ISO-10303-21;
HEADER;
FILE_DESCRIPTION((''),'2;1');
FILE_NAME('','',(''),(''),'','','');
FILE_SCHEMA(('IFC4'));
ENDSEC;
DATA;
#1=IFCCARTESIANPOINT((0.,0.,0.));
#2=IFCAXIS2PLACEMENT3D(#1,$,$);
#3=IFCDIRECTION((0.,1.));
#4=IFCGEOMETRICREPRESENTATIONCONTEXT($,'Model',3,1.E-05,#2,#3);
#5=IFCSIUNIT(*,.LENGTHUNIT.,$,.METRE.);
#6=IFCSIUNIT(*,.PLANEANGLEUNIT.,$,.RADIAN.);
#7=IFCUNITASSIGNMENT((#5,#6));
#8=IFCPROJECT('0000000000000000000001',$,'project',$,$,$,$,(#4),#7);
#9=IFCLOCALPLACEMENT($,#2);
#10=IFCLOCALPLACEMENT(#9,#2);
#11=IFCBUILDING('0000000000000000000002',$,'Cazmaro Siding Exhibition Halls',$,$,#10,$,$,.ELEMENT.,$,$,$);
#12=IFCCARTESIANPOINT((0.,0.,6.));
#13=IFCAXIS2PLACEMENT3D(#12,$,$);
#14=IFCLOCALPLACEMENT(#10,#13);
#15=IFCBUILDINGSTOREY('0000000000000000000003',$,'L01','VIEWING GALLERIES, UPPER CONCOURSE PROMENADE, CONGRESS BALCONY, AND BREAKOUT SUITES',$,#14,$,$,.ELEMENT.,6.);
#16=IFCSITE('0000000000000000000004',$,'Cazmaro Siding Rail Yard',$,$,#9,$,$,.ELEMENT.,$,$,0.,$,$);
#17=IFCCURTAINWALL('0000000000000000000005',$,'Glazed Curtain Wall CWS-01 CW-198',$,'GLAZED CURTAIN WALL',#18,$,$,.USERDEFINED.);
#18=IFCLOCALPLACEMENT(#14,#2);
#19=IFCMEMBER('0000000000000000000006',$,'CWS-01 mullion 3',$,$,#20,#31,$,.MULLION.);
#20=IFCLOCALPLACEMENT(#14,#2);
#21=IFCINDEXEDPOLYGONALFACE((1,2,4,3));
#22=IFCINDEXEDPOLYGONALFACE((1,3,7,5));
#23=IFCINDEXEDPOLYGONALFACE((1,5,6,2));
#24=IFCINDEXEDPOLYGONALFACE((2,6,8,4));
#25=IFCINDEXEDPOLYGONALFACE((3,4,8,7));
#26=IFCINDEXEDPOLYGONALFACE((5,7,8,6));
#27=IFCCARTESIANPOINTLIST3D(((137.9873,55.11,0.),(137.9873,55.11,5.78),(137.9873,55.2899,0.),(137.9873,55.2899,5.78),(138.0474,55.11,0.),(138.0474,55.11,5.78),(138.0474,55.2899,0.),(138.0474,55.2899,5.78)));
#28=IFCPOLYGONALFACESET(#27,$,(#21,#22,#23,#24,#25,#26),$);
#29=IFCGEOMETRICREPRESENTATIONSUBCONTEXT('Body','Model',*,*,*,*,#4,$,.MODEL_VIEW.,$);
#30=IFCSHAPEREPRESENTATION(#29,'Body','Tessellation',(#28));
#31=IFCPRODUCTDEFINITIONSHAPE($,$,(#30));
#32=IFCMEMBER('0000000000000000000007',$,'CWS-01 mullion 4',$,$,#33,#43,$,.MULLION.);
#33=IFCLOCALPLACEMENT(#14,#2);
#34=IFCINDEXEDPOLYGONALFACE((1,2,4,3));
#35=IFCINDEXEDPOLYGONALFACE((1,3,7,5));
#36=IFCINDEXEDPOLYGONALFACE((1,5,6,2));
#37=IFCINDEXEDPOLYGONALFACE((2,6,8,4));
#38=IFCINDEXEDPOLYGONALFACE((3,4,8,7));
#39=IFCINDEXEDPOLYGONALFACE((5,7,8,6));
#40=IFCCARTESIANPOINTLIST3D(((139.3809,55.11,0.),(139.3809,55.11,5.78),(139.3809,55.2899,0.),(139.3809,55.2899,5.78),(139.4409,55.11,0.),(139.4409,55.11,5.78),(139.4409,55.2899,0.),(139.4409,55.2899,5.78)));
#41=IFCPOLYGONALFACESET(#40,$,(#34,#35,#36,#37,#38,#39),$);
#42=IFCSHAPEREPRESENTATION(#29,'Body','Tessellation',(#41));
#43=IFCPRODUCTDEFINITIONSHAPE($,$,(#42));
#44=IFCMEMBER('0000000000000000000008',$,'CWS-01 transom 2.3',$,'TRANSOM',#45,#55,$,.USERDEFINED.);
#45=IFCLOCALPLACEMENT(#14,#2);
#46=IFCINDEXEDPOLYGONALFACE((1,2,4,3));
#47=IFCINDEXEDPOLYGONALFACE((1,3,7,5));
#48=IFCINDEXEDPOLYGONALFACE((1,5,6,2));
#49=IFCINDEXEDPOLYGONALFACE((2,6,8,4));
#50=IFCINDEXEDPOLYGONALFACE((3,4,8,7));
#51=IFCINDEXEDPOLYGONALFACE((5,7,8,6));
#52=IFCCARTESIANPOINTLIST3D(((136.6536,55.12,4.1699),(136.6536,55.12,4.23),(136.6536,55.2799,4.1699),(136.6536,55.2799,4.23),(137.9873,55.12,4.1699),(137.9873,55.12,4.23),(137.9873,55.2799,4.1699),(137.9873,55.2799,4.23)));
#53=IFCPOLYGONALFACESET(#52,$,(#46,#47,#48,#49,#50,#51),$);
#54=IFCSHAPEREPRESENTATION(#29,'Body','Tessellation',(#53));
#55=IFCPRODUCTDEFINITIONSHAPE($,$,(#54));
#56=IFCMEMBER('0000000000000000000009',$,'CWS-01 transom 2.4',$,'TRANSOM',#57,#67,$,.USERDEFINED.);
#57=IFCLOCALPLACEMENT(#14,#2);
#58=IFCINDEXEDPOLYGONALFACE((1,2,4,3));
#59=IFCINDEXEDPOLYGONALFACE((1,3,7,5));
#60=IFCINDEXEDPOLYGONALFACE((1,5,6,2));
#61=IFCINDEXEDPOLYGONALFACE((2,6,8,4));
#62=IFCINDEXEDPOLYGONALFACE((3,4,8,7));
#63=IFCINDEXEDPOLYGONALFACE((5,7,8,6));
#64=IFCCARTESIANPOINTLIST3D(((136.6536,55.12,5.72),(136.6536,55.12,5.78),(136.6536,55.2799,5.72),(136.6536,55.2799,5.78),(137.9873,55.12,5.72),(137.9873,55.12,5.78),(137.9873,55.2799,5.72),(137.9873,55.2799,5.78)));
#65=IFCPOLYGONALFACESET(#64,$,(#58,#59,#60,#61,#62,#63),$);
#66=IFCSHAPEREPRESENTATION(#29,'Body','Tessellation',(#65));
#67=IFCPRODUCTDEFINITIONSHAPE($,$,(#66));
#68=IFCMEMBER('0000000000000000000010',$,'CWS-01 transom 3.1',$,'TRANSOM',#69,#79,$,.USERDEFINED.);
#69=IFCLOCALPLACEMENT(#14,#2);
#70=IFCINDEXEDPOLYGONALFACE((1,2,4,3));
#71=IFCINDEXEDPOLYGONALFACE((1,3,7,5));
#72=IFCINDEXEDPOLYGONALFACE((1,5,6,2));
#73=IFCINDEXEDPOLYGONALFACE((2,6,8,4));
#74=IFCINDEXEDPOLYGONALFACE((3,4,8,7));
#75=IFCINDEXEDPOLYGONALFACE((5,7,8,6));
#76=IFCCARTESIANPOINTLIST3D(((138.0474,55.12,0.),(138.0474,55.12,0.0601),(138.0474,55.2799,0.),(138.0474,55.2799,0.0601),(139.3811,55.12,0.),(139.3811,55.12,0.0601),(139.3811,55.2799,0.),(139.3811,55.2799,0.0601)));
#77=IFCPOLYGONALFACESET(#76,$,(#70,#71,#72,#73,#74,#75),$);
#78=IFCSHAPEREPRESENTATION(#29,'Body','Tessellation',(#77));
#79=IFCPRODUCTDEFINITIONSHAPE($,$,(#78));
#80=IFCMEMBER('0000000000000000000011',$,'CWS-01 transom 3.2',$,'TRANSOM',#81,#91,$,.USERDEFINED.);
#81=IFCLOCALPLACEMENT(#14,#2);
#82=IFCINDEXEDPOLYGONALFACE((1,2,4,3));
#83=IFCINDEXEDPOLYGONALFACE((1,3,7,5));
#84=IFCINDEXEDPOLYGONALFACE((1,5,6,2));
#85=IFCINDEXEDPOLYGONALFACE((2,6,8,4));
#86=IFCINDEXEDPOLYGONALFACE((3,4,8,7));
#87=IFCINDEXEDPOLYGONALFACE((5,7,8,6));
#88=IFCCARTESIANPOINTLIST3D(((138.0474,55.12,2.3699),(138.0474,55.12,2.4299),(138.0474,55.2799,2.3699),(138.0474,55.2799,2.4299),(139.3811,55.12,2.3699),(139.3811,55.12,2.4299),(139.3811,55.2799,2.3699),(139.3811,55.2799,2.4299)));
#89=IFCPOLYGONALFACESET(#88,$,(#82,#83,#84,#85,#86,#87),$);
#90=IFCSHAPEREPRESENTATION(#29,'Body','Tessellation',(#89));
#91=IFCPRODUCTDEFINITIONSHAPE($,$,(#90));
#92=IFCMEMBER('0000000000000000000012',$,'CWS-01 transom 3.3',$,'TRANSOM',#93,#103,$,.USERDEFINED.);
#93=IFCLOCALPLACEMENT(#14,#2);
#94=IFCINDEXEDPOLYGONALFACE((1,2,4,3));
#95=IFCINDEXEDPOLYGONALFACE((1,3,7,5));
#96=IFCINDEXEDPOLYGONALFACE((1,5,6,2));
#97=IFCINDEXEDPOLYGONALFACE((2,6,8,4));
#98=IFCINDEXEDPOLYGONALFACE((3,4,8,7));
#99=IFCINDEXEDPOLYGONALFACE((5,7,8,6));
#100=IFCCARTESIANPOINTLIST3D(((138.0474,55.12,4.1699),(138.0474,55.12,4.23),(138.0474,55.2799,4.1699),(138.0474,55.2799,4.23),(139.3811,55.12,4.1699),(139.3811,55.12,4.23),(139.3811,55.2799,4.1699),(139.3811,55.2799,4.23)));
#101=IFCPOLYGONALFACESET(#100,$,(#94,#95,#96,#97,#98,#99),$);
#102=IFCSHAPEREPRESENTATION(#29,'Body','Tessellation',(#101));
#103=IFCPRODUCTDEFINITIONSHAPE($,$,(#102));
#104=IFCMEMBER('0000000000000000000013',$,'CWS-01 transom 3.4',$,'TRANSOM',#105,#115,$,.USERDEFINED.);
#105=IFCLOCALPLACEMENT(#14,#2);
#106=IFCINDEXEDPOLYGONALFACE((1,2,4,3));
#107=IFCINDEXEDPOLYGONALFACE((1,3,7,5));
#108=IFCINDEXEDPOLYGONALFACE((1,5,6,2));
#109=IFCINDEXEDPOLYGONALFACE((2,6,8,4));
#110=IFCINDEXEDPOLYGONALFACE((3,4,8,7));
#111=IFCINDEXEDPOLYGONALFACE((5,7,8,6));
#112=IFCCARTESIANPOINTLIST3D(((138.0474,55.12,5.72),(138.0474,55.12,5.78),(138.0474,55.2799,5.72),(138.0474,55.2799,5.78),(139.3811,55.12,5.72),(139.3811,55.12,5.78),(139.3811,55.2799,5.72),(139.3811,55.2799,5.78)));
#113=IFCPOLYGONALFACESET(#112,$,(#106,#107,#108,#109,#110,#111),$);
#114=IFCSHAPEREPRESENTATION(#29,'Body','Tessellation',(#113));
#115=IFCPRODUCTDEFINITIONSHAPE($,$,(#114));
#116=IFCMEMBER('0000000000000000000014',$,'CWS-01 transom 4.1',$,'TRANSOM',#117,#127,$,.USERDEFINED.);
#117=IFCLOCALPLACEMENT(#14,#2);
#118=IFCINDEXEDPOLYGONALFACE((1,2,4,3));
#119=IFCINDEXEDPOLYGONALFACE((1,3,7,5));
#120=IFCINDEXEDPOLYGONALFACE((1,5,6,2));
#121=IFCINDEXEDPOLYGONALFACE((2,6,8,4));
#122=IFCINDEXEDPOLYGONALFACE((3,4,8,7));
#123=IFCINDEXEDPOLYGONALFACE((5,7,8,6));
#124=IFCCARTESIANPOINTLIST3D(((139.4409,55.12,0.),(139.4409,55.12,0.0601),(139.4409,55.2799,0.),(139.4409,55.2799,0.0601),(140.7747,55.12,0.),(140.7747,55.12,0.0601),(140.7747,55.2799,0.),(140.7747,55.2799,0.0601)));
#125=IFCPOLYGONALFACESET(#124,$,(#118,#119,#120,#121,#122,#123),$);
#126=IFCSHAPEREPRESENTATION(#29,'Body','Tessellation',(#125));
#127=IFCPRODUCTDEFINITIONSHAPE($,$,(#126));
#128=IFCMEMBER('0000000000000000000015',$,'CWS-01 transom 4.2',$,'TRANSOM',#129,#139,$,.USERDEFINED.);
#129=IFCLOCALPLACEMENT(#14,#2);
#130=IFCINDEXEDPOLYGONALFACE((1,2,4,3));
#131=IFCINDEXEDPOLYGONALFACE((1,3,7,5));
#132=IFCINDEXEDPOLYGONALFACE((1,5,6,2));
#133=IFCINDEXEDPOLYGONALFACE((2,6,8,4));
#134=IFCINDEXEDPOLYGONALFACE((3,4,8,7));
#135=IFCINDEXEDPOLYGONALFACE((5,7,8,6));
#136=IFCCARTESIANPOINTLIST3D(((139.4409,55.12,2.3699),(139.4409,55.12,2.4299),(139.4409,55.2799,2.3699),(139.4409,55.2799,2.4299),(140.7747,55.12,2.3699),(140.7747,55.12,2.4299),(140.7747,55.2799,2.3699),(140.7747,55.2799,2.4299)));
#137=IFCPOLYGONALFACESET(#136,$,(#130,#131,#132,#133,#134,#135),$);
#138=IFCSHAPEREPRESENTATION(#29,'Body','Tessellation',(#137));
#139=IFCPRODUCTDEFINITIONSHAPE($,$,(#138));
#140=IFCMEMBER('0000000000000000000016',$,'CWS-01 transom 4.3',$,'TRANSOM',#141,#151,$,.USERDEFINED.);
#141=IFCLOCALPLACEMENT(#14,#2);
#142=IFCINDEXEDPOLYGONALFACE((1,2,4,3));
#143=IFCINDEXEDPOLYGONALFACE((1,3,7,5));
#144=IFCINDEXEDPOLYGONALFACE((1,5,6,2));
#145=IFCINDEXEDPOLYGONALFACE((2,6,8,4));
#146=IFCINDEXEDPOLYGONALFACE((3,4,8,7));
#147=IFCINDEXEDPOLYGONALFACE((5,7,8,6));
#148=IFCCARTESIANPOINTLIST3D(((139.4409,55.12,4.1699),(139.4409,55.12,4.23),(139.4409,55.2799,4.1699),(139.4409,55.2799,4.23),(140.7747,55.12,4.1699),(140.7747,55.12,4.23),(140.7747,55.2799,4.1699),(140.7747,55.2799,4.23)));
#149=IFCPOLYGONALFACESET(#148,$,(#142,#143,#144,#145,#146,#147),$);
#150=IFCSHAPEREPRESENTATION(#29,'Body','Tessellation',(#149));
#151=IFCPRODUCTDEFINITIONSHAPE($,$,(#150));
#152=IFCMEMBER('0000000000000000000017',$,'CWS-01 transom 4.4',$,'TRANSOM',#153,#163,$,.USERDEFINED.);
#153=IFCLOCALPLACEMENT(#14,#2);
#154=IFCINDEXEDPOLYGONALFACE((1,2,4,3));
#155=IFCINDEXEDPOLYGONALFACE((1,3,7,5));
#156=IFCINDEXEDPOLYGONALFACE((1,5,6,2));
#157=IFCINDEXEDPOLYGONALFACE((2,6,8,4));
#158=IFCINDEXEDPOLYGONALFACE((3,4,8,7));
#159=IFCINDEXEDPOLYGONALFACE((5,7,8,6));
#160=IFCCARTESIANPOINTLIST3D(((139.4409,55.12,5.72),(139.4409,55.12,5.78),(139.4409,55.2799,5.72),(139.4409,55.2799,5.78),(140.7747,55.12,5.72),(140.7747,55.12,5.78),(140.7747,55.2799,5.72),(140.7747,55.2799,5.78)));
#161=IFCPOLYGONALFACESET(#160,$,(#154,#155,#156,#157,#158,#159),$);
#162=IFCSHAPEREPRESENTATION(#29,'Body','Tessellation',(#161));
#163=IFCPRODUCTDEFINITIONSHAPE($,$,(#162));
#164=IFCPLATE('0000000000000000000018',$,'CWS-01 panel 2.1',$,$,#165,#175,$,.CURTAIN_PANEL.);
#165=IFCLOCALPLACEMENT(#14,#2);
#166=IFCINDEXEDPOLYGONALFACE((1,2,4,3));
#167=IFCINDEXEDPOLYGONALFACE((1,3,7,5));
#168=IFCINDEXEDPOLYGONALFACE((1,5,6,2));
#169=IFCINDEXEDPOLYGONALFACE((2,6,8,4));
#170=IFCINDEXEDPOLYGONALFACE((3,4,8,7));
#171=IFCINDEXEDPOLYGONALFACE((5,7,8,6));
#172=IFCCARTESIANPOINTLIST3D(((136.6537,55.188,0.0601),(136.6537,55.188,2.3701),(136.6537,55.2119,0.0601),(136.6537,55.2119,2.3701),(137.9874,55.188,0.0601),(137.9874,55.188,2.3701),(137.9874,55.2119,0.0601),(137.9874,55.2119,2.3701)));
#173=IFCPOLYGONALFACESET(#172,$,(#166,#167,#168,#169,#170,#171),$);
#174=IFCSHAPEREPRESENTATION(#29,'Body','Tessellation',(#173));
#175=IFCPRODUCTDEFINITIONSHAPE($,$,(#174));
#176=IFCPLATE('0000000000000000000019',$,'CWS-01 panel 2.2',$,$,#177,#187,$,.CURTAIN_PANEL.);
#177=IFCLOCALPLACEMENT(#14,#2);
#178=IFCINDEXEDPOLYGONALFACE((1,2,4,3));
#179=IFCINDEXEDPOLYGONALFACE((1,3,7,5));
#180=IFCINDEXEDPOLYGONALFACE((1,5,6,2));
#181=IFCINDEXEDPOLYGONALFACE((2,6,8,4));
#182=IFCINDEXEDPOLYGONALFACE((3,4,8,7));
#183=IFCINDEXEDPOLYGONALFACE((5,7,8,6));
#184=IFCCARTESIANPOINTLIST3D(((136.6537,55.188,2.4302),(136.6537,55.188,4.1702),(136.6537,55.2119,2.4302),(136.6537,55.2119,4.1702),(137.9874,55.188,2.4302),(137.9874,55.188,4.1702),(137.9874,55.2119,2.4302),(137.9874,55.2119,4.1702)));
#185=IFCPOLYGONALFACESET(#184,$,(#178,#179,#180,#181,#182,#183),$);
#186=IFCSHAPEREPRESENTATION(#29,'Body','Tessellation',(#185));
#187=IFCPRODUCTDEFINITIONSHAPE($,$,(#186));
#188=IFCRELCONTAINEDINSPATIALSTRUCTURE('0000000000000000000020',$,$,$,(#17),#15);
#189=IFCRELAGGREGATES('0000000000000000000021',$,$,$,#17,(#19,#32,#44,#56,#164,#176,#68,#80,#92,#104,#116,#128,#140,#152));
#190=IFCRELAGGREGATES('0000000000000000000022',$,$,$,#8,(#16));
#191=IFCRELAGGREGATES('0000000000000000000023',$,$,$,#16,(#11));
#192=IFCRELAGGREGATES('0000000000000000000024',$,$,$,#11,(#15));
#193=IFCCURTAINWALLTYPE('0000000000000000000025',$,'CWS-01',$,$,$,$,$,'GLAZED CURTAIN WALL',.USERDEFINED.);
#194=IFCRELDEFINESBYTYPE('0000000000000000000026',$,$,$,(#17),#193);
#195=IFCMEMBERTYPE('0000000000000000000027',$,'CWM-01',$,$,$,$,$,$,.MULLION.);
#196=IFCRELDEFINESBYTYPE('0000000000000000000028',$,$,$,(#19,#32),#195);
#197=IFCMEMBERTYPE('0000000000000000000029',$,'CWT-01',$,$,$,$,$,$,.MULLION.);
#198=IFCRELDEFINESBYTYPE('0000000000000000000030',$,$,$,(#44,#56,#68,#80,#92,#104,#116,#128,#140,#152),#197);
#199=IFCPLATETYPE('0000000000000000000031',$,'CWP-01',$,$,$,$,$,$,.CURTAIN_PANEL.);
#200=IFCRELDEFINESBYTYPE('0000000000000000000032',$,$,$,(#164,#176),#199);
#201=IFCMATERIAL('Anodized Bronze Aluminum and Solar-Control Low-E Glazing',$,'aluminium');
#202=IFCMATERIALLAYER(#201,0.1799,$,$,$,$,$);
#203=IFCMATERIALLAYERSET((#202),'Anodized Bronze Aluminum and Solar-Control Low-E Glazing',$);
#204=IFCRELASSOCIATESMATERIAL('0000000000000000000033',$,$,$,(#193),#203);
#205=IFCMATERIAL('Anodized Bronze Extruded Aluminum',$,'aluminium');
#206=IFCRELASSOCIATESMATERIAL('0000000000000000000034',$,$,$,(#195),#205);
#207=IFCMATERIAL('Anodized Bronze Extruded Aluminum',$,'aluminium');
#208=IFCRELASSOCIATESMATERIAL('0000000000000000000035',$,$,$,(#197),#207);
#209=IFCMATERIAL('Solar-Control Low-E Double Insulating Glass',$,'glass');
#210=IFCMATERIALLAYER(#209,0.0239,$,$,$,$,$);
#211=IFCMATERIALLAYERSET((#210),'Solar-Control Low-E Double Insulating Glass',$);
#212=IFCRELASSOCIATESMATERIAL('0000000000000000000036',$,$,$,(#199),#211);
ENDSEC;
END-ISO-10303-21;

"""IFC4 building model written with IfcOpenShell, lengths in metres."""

from ifc_helpers import new_model, si_unit, direction, frame, origin, origin_2d, place, context, subcontext, project, spatial, rectangle, extrude, material, layer, layer_set, material_profile, profile_set, type_object, element, aggregate, save


model = new_model("IFC4")

# Units and contexts
model_context = context("Model", 3, precision=1e-05, world=origin(), true_north=direction((0.0, 1.0)))
body_context = subcontext(model_context, "Body", "Model", "MODEL_VIEW")
ifc_project = project(units=[si_unit("LENGTHUNIT", "METRE"), si_unit("PLANEANGLEUNIT", "RADIAN")], contexts=[model_context])

# Site, building, storey
site_placement = place(None, origin())
site = spatial("IfcSite", under=ifc_project, at=site_placement, Name="Cazmaro Siding Rail Yard", CompositionType="ELEMENT", RefElevation=0.0)
building_placement = place(site_placement, origin())
building = spatial("IfcBuilding", under=site, at=building_placement, Name="Cazmaro Siding Exhibition Halls", CompositionType="ELEMENT")
storey_placement = place(building_placement, frame((0.0, 0.0, 6.0)))
storey = spatial("IfcBuildingStorey", under=building, at=storey_placement, Name="L01", Description="VIEWING GALLERIES, UPPER CONCOURSE PROMENADE, CONGRESS BALCONY, AND BREAKOUT SUITES", CompositionType="ELEMENT", Elevation=6.0)

# Curtain wall, members, plates
ifc_material_1 = material(Name="Anodized Bronze Aluminum and Solar-Control Low-E Glazing", Category="aluminium")
ifc_layer_1 = layer(ifc_material_1, 0.1799)
ifc_layer_set_1 = layer_set([ifc_layer_1], Name="Anodized Bronze Aluminum and Solar-Control Low-E Glazing")
curtain_wall_type = type_object("IfcCurtainWallType", Name="CWS-01", ElementType="GLAZED CURTAIN WALL", PredefinedType="USERDEFINED", material=ifc_layer_set_1)
curtain_wall_placement = place(storey_placement, origin())
curtain_wall = element("IfcCurtainWall", 1, at=curtain_wall_placement, inside=storey, type_object=curtain_wall_type, Name="Glazed Curtain Wall CWS-01 CW-198", ObjectType="GLAZED CURTAIN WALL", PredefinedType="USERDEFINED")
ifc_material_2 = material(Name="Anodized Bronze Extruded Aluminum", Category="aluminium")
ifc_material_profile_1 = material_profile(ifc_material_2, rectangle(XDim=0.1799, YDim=0.0601, at=origin_2d()), Name="CWM-01")
ifc_profile_set_1 = profile_set([ifc_material_profile_1], Name="Anodized Bronze Extruded Aluminum")
member_type_1 = type_object("IfcMemberType", Name="CWM-01", PredefinedType="MULLION", material=ifc_profile_set_1)
member_1_placement = place(storey_placement, frame((138.0173, 55.2, 0.0), z_axis=(0.0, 0.0, 1.0), x_axis=(0.0, 1.0, 0.0)))
member_1 = element("IfcMember", 2, at=member_1_placement, type_object=member_type_1, Name="CWS-01 mullion 3", PredefinedType="MULLION", context=body_context, shape_type="SweptSolid", body=[
    extrude(rectangle(XDim=0.1799, YDim=0.0601, at=origin_2d()), origin(), (0.0, 0.0, 1.0), 5.78),
])
member_2_placement = place(storey_placement, frame((139.4109, 55.2, 0.0), z_axis=(0.0, 0.0, 1.0), x_axis=(0.0, 1.0, 0.0)))
member_2 = element("IfcMember", 3, at=member_2_placement, type_object=member_type_1, Name="CWS-01 mullion 4", PredefinedType="MULLION", context=body_context, shape_type="SweptSolid", body=[
    extrude(rectangle(XDim=0.1799, YDim=0.0601, at=origin_2d()), origin(), (0.0, 0.0, 1.0), 5.78),
])
ifc_material_3 = material(Name="Anodized Bronze Extruded Aluminum", Category="aluminium")
ifc_material_profile_2 = material_profile(ifc_material_3, rectangle(XDim=0.1599, YDim=0.0601, at=origin_2d()), Name="CWT-01")
ifc_profile_set_2 = profile_set([ifc_material_profile_2], Name="Anodized Bronze Extruded Aluminum")
member_type_2 = type_object("IfcMemberType", Name="CWT-01", PredefinedType="MULLION", material=ifc_profile_set_2)
member_3_placement = place(storey_placement, frame((136.6536, 55.2, 4.2), z_axis=(1.0, 0.0, 0.0), x_axis=(0.0, 1.0, 0.0)))
member_3 = element("IfcMember", 4, at=member_3_placement, type_object=member_type_2, Name="CWS-01 transom 2.3", ObjectType="TRANSOM", PredefinedType="USERDEFINED", context=body_context, shape_type="SweptSolid", body=[
    extrude(rectangle(XDim=0.1599, YDim=0.0601, at=origin_2d()), origin(), (0.0, 0.0, 1.0), 1.3337),
])
member_4_placement = place(storey_placement, frame((136.6536, 55.2, 5.75), z_axis=(1.0, 0.0, 0.0), x_axis=(0.0, 1.0, 0.0)))
member_4 = element("IfcMember", 5, at=member_4_placement, type_object=member_type_2, Name="CWS-01 transom 2.4", ObjectType="TRANSOM", PredefinedType="USERDEFINED", context=body_context, shape_type="SweptSolid", body=[
    extrude(rectangle(XDim=0.1599, YDim=0.0601, at=origin_2d()), origin(), (0.0, 0.0, 1.0), 1.3337),
])
member_5_placement = place(storey_placement, frame((138.0474, 55.2, 0.03), z_axis=(1.0, 0.0, 0.0), x_axis=(0.0, 1.0, 0.0)))
member_5 = element("IfcMember", 6, at=member_5_placement, type_object=member_type_2, Name="CWS-01 transom 3.1", ObjectType="TRANSOM", PredefinedType="USERDEFINED", context=body_context, shape_type="SweptSolid", body=[
    extrude(rectangle(XDim=0.1599, YDim=0.0601, at=origin_2d()), origin(), (0.0, 0.0, 1.0), 1.3337),
])
member_6_placement = place(storey_placement, frame((138.0474, 55.2, 2.3999), z_axis=(1.0, 0.0, 0.0), x_axis=(0.0, 1.0, 0.0)))
member_6 = element("IfcMember", 7, at=member_6_placement, type_object=member_type_2, Name="CWS-01 transom 3.2", ObjectType="TRANSOM", PredefinedType="USERDEFINED", context=body_context, shape_type="SweptSolid", body=[
    extrude(rectangle(XDim=0.1599, YDim=0.0601, at=origin_2d()), origin(), (0.0, 0.0, 1.0), 1.3337),
])
member_7_placement = place(storey_placement, frame((138.0474, 55.2, 4.2), z_axis=(1.0, 0.0, 0.0), x_axis=(0.0, 1.0, 0.0)))
member_7 = element("IfcMember", 8, at=member_7_placement, type_object=member_type_2, Name="CWS-01 transom 3.3", ObjectType="TRANSOM", PredefinedType="USERDEFINED", context=body_context, shape_type="SweptSolid", body=[
    extrude(rectangle(XDim=0.1599, YDim=0.0601, at=origin_2d()), origin(), (0.0, 0.0, 1.0), 1.3337),
])
member_8_placement = place(storey_placement, frame((138.0474, 55.2, 5.75), z_axis=(1.0, 0.0, 0.0), x_axis=(0.0, 1.0, 0.0)))
member_8 = element("IfcMember", 9, at=member_8_placement, type_object=member_type_2, Name="CWS-01 transom 3.4", ObjectType="TRANSOM", PredefinedType="USERDEFINED", context=body_context, shape_type="SweptSolid", body=[
    extrude(rectangle(XDim=0.1599, YDim=0.0601, at=origin_2d()), origin(), (0.0, 0.0, 1.0), 1.3337),
])
member_9_placement = place(storey_placement, frame((139.4409, 55.2, 0.03), z_axis=(1.0, 0.0, 0.0), x_axis=(0.0, 1.0, 0.0)))
member_9 = element("IfcMember", 10, at=member_9_placement, type_object=member_type_2, Name="CWS-01 transom 4.1", ObjectType="TRANSOM", PredefinedType="USERDEFINED", context=body_context, shape_type="SweptSolid", body=[
    extrude(rectangle(XDim=0.1599, YDim=0.0601, at=origin_2d()), origin(), (0.0, 0.0, 1.0), 1.3337),
])
member_10_placement = place(storey_placement, frame((139.4409, 55.2, 2.3999), z_axis=(1.0, 0.0, 0.0), x_axis=(0.0, 1.0, 0.0)))
member_10 = element("IfcMember", 11, at=member_10_placement, type_object=member_type_2, Name="CWS-01 transom 4.2", ObjectType="TRANSOM", PredefinedType="USERDEFINED", context=body_context, shape_type="SweptSolid", body=[
    extrude(rectangle(XDim=0.1599, YDim=0.0601, at=origin_2d()), origin(), (0.0, 0.0, 1.0), 1.3337),
])
member_11_placement = place(storey_placement, frame((139.4409, 55.2, 4.2), z_axis=(1.0, 0.0, 0.0), x_axis=(0.0, 1.0, 0.0)))
member_11 = element("IfcMember", 12, at=member_11_placement, type_object=member_type_2, Name="CWS-01 transom 4.3", ObjectType="TRANSOM", PredefinedType="USERDEFINED", context=body_context, shape_type="SweptSolid", body=[
    extrude(rectangle(XDim=0.1599, YDim=0.0601, at=origin_2d()), origin(), (0.0, 0.0, 1.0), 1.3337),
])
member_12_placement = place(storey_placement, frame((139.4409, 55.2, 5.75), z_axis=(1.0, 0.0, 0.0), x_axis=(0.0, 1.0, 0.0)))
member_12 = element("IfcMember", 13, at=member_12_placement, type_object=member_type_2, Name="CWS-01 transom 4.4", ObjectType="TRANSOM", PredefinedType="USERDEFINED", context=body_context, shape_type="SweptSolid", body=[
    extrude(rectangle(XDim=0.1599, YDim=0.0601, at=origin_2d()), origin(), (0.0, 0.0, 1.0), 1.3337),
])
ifc_material_4 = material(Name="Solar-Control Low-E Double Insulating Glass", Category="glass")
ifc_layer_2 = layer(ifc_material_4, 0.0239)
ifc_layer_set_2 = layer_set([ifc_layer_2], Name="Solar-Control Low-E Double Insulating Glass")
plate_type = type_object("IfcPlateType", Name="CWP-01", PredefinedType="CURTAIN_PANEL", material=ifc_layer_set_2)
plate_1_placement = place(storey_placement, frame((137.3206, 55.2, 0.0601), z_axis=(0.0, 0.0, 1.0), x_axis=(1.0, 0.0, 0.0)))
plate_1 = element("IfcPlate", 14, at=plate_1_placement, type_object=plate_type, Name="CWS-01 panel 2.1", PredefinedType="CURTAIN_PANEL", context=body_context, shape_type="SweptSolid", body=[
    extrude(rectangle(XDim=1.3337, YDim=0.0239, at=origin_2d()), origin(), (0.0, 0.0, 1.0), 2.3101),
])
plate_2_placement = place(storey_placement, frame((137.3206, 55.2, 2.4302), z_axis=(0.0, 0.0, 1.0), x_axis=(1.0, 0.0, 0.0)))
plate_2 = element("IfcPlate", 15, at=plate_2_placement, type_object=plate_type, Name="CWS-01 panel 2.2", PredefinedType="CURTAIN_PANEL", context=body_context, shape_type="SweptSolid", body=[
    extrude(rectangle(XDim=1.3337, YDim=0.0239, at=origin_2d()), origin(), (0.0, 0.0, 1.0), 1.74),
])
aggregate(curtain_wall, [member_1, member_2, member_3, member_4, plate_1, plate_2, member_5, member_6, member_7, member_8, member_9, member_10, member_11, member_12])

save(model, "model.ifc")
